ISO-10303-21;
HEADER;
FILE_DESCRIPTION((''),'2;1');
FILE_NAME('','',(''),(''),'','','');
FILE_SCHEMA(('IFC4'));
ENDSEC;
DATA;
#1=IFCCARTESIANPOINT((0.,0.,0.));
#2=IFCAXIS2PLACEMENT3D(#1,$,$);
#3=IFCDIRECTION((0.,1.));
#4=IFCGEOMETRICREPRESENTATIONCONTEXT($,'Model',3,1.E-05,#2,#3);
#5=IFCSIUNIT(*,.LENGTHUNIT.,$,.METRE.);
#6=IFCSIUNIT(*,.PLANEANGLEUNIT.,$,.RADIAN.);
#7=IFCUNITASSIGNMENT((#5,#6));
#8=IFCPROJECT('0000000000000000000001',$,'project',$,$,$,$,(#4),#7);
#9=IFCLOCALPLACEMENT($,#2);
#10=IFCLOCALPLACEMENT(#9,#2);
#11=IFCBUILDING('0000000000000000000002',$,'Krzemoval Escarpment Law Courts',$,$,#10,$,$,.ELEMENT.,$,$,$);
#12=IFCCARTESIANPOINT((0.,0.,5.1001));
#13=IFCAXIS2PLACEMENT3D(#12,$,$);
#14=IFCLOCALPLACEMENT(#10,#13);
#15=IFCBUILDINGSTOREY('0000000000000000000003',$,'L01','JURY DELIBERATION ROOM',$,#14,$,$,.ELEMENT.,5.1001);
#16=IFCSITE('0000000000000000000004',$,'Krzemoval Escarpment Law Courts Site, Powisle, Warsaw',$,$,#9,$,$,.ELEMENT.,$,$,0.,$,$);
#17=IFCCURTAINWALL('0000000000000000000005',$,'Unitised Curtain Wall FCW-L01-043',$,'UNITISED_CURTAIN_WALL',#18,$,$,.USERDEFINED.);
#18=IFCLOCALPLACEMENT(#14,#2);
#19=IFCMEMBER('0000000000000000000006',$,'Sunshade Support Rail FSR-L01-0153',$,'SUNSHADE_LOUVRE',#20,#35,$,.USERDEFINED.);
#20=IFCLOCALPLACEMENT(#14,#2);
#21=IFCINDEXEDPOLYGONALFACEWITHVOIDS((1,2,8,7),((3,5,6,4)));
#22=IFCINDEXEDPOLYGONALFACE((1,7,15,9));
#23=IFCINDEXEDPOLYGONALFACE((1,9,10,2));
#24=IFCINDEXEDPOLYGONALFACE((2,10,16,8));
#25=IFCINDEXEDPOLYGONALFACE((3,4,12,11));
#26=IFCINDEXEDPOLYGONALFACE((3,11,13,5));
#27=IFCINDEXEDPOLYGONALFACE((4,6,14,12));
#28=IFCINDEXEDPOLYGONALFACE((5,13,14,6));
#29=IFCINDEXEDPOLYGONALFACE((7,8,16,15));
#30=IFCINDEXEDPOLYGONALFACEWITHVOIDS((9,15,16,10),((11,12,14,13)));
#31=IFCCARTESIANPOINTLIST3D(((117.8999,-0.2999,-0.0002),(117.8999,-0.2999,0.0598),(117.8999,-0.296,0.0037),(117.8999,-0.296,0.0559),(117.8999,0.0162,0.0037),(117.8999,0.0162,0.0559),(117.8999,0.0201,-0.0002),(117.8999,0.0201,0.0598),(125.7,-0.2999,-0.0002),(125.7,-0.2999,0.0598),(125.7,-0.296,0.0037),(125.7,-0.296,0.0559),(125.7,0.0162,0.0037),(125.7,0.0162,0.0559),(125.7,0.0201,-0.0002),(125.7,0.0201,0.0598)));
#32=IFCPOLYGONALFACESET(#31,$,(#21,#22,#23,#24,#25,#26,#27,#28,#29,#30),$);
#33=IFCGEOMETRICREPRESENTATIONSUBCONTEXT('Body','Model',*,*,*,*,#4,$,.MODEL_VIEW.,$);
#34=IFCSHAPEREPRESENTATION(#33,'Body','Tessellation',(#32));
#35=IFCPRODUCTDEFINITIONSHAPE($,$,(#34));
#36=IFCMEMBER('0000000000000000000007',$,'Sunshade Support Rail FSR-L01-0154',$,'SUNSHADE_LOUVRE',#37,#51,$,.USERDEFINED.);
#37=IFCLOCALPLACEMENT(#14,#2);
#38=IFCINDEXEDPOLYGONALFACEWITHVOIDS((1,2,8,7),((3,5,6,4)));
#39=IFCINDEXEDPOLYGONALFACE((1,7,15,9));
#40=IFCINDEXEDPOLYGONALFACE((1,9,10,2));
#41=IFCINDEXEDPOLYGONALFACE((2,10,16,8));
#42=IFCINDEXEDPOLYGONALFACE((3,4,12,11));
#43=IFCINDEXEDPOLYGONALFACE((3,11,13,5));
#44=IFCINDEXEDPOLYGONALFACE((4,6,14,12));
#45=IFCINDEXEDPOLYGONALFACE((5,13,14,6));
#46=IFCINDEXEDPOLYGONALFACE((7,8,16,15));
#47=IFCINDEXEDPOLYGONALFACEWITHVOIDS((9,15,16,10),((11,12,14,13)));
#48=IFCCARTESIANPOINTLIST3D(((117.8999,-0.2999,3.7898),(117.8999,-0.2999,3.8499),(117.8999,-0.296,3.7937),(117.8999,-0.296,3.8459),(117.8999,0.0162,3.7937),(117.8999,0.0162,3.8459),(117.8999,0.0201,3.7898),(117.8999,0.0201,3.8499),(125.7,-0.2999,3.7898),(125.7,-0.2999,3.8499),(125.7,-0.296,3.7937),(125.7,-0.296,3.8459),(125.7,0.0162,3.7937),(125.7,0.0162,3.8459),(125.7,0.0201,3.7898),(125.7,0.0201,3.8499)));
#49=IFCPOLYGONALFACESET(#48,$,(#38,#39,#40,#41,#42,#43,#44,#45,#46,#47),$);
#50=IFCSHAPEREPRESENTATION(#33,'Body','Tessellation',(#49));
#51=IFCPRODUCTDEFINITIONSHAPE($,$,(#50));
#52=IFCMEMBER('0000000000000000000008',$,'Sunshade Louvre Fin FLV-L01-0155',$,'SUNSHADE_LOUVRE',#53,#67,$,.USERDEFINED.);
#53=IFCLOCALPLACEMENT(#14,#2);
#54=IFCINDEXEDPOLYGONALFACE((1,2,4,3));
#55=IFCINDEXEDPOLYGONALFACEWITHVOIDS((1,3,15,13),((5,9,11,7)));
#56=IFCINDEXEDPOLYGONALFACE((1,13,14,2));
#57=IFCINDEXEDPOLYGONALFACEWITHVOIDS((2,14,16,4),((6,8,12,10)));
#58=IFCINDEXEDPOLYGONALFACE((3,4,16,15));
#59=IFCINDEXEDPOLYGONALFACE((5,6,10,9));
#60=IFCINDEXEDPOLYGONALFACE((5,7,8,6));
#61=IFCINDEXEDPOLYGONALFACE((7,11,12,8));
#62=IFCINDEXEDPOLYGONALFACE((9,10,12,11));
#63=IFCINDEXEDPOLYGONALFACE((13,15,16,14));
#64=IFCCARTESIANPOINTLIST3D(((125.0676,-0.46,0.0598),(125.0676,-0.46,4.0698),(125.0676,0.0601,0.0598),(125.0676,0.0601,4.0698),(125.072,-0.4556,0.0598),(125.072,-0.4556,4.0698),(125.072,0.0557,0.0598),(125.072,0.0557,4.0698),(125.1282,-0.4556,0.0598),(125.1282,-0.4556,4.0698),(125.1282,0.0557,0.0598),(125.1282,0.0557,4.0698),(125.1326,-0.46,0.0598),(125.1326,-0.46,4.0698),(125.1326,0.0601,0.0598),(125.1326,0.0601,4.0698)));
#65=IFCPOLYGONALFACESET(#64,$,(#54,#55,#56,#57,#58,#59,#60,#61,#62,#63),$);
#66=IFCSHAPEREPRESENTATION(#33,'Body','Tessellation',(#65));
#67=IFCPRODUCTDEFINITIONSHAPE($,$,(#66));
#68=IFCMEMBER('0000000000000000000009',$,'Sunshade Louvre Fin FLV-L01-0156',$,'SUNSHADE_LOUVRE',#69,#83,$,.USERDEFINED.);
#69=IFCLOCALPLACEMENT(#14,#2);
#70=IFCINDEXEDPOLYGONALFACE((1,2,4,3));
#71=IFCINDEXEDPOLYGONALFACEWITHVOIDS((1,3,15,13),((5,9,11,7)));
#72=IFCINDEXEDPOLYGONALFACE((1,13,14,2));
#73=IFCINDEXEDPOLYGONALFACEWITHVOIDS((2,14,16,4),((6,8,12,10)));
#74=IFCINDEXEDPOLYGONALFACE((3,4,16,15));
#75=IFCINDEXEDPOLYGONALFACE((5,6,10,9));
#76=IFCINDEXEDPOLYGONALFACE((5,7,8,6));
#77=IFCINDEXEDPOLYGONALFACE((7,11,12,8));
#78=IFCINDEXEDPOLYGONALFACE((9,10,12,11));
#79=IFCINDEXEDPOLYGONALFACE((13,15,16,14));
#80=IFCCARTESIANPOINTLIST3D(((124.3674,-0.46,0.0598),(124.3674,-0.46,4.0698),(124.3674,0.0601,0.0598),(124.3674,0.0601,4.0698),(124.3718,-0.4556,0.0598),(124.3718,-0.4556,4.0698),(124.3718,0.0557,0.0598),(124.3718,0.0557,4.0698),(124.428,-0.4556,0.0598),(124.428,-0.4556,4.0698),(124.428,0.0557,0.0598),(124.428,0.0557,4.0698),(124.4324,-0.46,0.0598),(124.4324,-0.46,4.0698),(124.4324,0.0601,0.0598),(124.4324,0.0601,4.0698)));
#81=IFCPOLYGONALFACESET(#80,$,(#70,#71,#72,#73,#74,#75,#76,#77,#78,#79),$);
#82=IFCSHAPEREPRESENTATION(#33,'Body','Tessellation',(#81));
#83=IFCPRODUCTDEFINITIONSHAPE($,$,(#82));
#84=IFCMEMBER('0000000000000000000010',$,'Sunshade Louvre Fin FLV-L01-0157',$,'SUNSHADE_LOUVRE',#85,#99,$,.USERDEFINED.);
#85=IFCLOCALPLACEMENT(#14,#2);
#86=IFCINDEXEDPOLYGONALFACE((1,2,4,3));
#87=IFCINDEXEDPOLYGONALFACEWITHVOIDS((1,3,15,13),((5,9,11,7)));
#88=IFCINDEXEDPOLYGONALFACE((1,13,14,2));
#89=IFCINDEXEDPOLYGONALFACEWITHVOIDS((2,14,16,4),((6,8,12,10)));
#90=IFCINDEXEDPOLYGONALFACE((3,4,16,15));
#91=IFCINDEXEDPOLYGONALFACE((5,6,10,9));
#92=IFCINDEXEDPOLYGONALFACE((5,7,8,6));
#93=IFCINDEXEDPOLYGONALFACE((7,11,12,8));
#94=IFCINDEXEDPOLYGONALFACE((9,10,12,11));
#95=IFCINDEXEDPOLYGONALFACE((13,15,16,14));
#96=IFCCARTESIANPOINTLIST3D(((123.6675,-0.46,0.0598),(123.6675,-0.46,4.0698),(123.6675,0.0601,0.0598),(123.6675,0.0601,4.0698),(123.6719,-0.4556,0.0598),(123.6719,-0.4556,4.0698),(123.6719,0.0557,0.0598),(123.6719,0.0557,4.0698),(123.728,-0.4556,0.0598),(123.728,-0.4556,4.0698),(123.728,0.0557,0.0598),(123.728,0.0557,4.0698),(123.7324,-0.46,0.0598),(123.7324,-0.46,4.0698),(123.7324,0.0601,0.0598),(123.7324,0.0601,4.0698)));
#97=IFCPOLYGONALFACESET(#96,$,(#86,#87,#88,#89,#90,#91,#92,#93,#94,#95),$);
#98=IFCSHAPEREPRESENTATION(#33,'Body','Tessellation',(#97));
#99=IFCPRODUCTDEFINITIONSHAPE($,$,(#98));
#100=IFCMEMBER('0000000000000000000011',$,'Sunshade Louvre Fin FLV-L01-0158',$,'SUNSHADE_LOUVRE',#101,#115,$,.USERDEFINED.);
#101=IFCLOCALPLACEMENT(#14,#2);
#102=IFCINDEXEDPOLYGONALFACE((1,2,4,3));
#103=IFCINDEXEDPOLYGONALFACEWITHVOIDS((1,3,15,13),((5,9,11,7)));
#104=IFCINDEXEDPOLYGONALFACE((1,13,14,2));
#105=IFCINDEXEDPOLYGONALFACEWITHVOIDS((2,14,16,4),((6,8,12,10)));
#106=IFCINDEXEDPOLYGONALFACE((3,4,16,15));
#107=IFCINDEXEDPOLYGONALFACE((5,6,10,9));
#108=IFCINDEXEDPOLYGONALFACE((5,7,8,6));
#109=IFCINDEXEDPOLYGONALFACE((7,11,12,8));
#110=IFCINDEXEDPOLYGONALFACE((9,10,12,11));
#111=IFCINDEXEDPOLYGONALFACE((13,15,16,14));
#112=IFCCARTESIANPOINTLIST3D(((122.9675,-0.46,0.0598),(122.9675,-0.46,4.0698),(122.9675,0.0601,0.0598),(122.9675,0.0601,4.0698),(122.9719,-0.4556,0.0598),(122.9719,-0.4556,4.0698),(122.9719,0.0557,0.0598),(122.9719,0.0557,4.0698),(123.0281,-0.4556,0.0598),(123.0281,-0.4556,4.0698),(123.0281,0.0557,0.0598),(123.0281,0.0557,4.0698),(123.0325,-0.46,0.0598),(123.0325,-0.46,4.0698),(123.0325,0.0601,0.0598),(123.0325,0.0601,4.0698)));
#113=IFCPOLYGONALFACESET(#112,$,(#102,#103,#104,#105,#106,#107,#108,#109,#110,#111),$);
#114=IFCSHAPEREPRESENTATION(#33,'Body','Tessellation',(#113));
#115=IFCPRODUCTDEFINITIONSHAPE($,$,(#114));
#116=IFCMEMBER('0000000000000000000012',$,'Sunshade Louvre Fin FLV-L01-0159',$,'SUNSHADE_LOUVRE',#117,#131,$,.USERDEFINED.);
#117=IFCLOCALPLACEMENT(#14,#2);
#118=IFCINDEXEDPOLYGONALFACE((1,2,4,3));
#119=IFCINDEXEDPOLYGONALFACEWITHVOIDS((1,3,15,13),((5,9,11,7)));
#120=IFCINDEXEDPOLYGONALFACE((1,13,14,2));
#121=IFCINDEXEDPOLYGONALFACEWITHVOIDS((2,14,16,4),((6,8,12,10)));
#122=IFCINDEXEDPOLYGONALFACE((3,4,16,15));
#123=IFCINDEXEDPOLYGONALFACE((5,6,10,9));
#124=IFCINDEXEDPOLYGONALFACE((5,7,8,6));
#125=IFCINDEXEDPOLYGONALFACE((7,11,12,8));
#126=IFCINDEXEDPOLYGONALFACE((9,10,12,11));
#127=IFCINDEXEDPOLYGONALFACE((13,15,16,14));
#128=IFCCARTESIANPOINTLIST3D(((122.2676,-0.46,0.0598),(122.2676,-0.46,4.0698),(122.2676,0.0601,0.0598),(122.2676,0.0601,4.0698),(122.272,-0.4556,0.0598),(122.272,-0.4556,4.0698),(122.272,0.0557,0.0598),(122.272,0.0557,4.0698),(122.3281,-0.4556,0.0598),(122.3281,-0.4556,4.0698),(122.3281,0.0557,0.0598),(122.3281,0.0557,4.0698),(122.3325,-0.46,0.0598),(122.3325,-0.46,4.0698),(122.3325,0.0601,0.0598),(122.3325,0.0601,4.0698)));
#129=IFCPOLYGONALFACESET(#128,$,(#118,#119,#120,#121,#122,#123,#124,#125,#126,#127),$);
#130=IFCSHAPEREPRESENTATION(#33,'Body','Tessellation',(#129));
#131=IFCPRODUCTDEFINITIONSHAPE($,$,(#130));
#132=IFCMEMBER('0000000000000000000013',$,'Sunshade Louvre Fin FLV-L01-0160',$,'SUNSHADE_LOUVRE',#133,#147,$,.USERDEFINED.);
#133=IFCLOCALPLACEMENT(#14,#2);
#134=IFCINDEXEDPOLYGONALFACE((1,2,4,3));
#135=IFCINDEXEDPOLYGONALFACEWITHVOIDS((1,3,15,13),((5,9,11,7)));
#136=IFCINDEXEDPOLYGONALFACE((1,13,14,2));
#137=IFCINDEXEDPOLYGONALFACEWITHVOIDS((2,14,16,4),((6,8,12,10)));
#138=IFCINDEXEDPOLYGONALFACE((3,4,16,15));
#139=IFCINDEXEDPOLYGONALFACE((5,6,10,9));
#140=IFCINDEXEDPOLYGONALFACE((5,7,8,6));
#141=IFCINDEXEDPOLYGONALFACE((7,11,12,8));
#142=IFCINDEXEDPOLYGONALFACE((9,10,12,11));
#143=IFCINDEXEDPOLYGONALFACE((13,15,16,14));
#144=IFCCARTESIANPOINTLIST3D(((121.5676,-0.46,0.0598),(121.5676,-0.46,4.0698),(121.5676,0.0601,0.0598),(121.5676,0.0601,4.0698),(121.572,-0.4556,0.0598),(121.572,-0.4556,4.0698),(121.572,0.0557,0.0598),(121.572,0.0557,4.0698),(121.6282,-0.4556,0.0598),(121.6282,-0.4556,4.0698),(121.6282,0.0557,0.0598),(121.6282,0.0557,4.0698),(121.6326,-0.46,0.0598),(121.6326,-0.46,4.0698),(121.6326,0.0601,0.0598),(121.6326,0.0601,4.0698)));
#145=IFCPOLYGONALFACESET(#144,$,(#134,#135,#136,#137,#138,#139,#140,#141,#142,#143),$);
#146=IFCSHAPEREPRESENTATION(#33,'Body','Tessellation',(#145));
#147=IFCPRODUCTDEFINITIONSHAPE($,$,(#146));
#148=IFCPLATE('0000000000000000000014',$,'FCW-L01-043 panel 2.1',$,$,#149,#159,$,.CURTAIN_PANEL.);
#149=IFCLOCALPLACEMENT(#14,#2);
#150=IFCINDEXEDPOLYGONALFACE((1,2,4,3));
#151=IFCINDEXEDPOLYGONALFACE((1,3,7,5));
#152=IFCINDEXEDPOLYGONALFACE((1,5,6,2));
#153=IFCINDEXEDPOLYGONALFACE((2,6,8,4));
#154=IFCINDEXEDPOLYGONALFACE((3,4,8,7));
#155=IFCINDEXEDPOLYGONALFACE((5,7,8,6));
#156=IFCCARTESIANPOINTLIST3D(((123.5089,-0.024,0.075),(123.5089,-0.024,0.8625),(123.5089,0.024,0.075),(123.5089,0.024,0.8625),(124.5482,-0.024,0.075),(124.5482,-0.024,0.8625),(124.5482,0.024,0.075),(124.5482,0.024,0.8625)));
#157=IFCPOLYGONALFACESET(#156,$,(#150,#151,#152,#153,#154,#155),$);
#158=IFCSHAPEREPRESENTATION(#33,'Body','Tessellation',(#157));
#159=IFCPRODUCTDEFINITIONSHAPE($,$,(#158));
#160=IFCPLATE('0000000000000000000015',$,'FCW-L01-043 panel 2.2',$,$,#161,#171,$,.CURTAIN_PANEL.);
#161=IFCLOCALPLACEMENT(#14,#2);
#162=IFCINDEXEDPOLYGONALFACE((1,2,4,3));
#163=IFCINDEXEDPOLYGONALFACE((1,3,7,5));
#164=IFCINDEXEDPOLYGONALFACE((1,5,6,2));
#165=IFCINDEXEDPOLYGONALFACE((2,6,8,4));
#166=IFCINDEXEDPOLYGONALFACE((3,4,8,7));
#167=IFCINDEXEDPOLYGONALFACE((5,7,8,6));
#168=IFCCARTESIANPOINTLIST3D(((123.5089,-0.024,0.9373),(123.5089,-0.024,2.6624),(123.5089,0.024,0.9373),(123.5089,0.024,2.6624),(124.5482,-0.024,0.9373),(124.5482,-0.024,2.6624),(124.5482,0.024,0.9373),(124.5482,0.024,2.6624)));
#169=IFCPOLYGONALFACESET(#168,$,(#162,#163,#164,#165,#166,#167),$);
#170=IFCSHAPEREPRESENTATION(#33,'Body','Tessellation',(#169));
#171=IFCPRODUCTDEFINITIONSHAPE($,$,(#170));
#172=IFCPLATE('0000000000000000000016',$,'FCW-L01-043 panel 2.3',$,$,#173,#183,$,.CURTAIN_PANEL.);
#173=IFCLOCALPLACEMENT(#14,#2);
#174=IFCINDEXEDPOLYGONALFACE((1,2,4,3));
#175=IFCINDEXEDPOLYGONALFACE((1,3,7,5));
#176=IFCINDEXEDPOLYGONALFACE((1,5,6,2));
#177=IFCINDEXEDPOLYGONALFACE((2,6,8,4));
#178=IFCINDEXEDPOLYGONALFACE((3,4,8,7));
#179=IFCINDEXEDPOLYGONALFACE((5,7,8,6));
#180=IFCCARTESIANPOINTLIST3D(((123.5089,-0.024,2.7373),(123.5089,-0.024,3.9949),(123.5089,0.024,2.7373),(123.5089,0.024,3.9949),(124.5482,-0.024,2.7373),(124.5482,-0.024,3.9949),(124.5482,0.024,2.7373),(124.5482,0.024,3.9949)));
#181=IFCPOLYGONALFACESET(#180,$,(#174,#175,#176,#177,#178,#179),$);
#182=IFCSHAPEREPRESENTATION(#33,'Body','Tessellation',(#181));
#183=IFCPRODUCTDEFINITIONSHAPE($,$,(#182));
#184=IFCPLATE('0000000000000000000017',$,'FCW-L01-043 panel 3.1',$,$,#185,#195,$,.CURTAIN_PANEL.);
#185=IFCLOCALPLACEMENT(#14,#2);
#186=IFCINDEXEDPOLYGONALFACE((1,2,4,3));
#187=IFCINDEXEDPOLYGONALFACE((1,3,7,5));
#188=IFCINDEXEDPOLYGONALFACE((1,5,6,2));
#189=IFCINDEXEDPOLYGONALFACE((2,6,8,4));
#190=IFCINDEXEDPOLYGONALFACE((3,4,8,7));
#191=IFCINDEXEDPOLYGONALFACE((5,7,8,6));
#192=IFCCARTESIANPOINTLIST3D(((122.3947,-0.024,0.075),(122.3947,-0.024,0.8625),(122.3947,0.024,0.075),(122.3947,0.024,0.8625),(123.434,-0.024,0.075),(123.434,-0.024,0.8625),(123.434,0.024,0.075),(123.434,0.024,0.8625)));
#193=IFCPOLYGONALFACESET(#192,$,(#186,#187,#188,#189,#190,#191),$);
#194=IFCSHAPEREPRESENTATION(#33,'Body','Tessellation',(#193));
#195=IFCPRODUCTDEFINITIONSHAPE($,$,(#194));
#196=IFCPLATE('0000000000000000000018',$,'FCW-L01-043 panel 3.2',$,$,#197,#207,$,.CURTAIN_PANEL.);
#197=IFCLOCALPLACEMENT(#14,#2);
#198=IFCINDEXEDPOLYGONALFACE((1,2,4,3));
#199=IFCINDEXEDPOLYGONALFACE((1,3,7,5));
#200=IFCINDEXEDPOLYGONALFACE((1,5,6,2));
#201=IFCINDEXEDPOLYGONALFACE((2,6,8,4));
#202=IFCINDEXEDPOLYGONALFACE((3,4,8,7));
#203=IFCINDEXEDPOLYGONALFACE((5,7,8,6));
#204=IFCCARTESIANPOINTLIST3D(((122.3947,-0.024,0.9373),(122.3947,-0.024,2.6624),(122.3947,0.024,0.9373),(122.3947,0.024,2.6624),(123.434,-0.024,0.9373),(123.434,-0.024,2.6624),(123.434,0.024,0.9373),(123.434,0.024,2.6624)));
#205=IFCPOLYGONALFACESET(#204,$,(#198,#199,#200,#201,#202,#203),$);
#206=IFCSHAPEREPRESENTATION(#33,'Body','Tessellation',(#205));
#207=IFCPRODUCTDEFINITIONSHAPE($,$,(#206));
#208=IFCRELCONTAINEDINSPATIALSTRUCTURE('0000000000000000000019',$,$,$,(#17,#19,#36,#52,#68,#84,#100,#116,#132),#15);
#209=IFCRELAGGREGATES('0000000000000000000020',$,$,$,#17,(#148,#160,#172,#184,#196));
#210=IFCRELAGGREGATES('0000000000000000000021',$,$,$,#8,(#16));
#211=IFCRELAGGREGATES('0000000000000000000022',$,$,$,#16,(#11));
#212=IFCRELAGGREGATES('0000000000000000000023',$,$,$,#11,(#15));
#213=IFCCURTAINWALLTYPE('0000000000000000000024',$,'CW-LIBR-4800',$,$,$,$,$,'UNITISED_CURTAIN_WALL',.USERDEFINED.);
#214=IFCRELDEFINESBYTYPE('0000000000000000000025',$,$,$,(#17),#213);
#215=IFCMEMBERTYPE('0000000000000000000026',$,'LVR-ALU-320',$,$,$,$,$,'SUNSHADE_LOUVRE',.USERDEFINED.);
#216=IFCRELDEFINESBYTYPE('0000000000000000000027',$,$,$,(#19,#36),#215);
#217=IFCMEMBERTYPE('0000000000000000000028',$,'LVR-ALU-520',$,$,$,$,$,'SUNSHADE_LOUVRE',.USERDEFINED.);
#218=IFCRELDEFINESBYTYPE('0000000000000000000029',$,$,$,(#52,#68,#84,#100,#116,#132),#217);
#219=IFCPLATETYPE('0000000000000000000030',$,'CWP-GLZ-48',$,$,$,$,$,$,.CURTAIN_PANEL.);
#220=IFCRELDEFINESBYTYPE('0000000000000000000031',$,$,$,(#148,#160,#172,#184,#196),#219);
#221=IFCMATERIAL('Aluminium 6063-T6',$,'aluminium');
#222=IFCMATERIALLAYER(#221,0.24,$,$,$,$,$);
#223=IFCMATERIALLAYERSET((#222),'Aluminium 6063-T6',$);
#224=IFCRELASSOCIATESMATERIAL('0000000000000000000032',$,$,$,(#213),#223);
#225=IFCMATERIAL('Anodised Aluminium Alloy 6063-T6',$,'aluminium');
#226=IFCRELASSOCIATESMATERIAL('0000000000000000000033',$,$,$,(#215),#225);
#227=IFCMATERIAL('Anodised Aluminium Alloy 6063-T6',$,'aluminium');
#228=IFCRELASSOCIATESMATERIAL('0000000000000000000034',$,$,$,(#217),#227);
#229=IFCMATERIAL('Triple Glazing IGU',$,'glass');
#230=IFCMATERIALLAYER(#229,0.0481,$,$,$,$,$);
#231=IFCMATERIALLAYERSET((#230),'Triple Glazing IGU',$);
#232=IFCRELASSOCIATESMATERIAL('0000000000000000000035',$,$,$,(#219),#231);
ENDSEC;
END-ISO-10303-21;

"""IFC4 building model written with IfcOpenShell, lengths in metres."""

from ifc_helpers import new_model, si_unit, direction, frame, origin, origin_2d, place, context, subcontext, project, spatial, rectangle, hollow_rectangle, extrude, material, layer, layer_set, material_profile, profile_set, type_object, element, aggregate, save


model = new_model("IFC4")

# Units and contexts
model_context = context("Model", 3, precision=1e-05, world=origin(), true_north=direction((0.0, 1.0)))
body_context = subcontext(model_context, "Body", "Model", "MODEL_VIEW")
ifc_project = project(units=[si_unit("LENGTHUNIT", "METRE"), si_unit("PLANEANGLEUNIT", "RADIAN")], contexts=[model_context])

# Site, building, storey
site_placement = place(None, origin())
site = spatial("IfcSite", under=ifc_project, at=site_placement, Name="Krzemoval Escarpment Law Courts Site, Powisle, Warsaw", CompositionType="ELEMENT", RefElevation=0.0)
building_placement = place(site_placement, origin())
building = spatial("IfcBuilding", under=site, at=building_placement, Name="Krzemoval Escarpment Law Courts", CompositionType="ELEMENT")
storey_placement = place(building_placement, frame((0.0, 0.0, 5.1001)))
storey = spatial("IfcBuildingStorey", under=building, at=storey_placement, Name="L01", Description="JURY DELIBERATION ROOM", CompositionType="ELEMENT", Elevation=5.1001)

# Curtain wall
ifc_material_1 = material(Name="Aluminium 6063-T6", Category="aluminium")
ifc_layer_1 = layer(ifc_material_1, 0.24)
ifc_layer_set_1 = layer_set([ifc_layer_1], Name="Aluminium 6063-T6")
curtain_wall_type = type_object("IfcCurtainWallType", Name="CW-LIBR-4800", ElementType="UNITISED_CURTAIN_WALL", PredefinedType="USERDEFINED", material=ifc_layer_set_1)
curtain_wall_placement = place(storey_placement, origin())
curtain_wall = element("IfcCurtainWall", 1, at=curtain_wall_placement, inside=storey, type_object=curtain_wall_type, Name="Unitised Curtain Wall FCW-L01-043", ObjectType="UNITISED_CURTAIN_WALL", PredefinedType="USERDEFINED")

# Members
ifc_material_2 = material(Name="Anodised Aluminium Alloy 6063-T6", Category="aluminium")
ifc_material_profile_1 = material_profile(ifc_material_2, hollow_rectangle(XDim=0.0601, YDim=0.3201, WallThickness=0.0039, at=origin_2d()), Name="ALU LVR 60x320")
ifc_profile_set_1 = profile_set([ifc_material_profile_1], Name="Anodised Aluminium Alloy 6063-T6")
member_type_1 = type_object("IfcMemberType", Name="LVR-ALU-320", ElementType="SUNSHADE_LOUVRE", PredefinedType="USERDEFINED", material=ifc_profile_set_1)
for number, where, z_axis, x_axis, name in (
    (2, (125.7, -0.1399, 0.0298), (-1.0, 0.0, 0.0), (0.0, 0.0, 1.0), "Sunshade Support Rail FSR-L01-0153"),
    (3, (125.7, -0.1399, 3.8198), (-1.0, 0.0, 0.0), (0.0, 0.0, 1.0), "Sunshade Support Rail FSR-L01-0154"),
):
    element("IfcMember", number, at=place(storey_placement, frame(where, z_axis=z_axis, x_axis=x_axis)), inside=storey, type_object=member_type_1, Name=name, ObjectType="SUNSHADE_LOUVRE", PredefinedType="USERDEFINED", context=body_context, shape_type="SweptSolid", body=[
        extrude(hollow_rectangle(XDim=0.0601, YDim=0.3201, WallThickness=0.0039, at=origin_2d()), origin(), (0.0, 0.0, 1.0), 7.8),
    ])
ifc_material_3 = material(Name="Anodised Aluminium Alloy 6063-T6", Category="aluminium")
ifc_material_profile_2 = material_profile(ifc_material_3, hollow_rectangle(XDim=0.0649, YDim=0.52, WallThickness=0.0044, at=origin_2d()), Name="ALU LVR 65x520")
ifc_profile_set_2 = profile_set([ifc_material_profile_2], Name="Anodised Aluminium Alloy 6063-T6")
member_type_2 = type_object("IfcMemberType", Name="LVR-ALU-520", ElementType="SUNSHADE_LOUVRE", PredefinedType="USERDEFINED", material=ifc_profile_set_2)
for number, where, z_axis, x_axis, name in (
    (4, (125.1001, -0.2, 0.0598), (0.0, 0.0, 1.0), (1.0, 0.0, 0.0), "Sunshade Louvre Fin FLV-L01-0155"),
    (5, (124.3999, -0.2, 0.0598), (0.0, 0.0, 1.0), (1.0, 0.0, 0.0), "Sunshade Louvre Fin FLV-L01-0156"),
    (6, (123.7, -0.2, 0.0598), (0.0, 0.0, 1.0), (1.0, 0.0, 0.0), "Sunshade Louvre Fin FLV-L01-0157"),
    (7, (123.0, -0.2, 0.0598), (0.0, 0.0, 1.0), (1.0, 0.0, 0.0), "Sunshade Louvre Fin FLV-L01-0158"),
    (8, (122.3, -0.2, 0.0598), (0.0, 0.0, 1.0), (1.0, 0.0, 0.0), "Sunshade Louvre Fin FLV-L01-0159"),
    (9, (121.6001, -0.2, 0.0598), (0.0, 0.0, 1.0), (1.0, 0.0, 0.0), "Sunshade Louvre Fin FLV-L01-0160"),
):
    element("IfcMember", number, at=place(storey_placement, frame(where, z_axis=z_axis, x_axis=x_axis)), inside=storey, type_object=member_type_2, Name=name, ObjectType="SUNSHADE_LOUVRE", PredefinedType="USERDEFINED", context=body_context, shape_type="SweptSolid", body=[
        extrude(hollow_rectangle(XDim=0.0649, YDim=0.52, WallThickness=0.0044, at=origin_2d()), origin(), (0.0, 0.0, 1.0), 4.01),
    ])

# Plates
ifc_material_4 = material(Name="Triple Glazing IGU", Category="glass")
ifc_layer_2 = layer(ifc_material_4, 0.0481)
ifc_layer_set_2 = layer_set([ifc_layer_2], Name="Triple Glazing IGU")
plate_type = type_object("IfcPlateType", Name="CWP-GLZ-48", PredefinedType="CURTAIN_PANEL", material=ifc_layer_set_2)
plate_1_placement = place(storey_placement, frame((124.0286, 0.0, 0.075), z_axis=(0.0, 0.0, 1.0), x_axis=(-1.0, 0.0, 0.0)))
plate_1 = element("IfcPlate", 10, at=plate_1_placement, type_object=plate_type, Name="FCW-L01-043 panel 2.1", PredefinedType="CURTAIN_PANEL", context=body_context, shape_type="SweptSolid", body=[
    extrude(rectangle(XDim=1.0393, YDim=0.0481, at=origin_2d()), origin(), (0.0, 0.0, 1.0), 0.7876),
])
plate_2_placement = place(storey_placement, frame((124.0286, 0.0, 0.9373), z_axis=(0.0, 0.0, 1.0), x_axis=(-1.0, 0.0, 0.0)))
plate_2 = element("IfcPlate", 11, at=plate_2_placement, type_object=plate_type, Name="FCW-L01-043 panel 2.2", PredefinedType="CURTAIN_PANEL", context=body_context, shape_type="SweptSolid", body=[
    extrude(rectangle(XDim=1.0393, YDim=0.0481, at=origin_2d()), origin(), (0.0, 0.0, 1.0), 1.7251),
])
plate_3_placement = place(storey_placement, frame((124.0286, 0.0, 2.7373), z_axis=(0.0, 0.0, 1.0), x_axis=(-1.0, 0.0, 0.0)))
plate_3 = element("IfcPlate", 12, at=plate_3_placement, type_object=plate_type, Name="FCW-L01-043 panel 2.3", PredefinedType="CURTAIN_PANEL", context=body_context, shape_type="SweptSolid", body=[
    extrude(rectangle(XDim=1.0393, YDim=0.0481, at=origin_2d()), origin(), (0.0, 0.0, 1.0), 1.2576),
])
plate_4_placement = place(storey_placement, frame((122.9143, 0.0, 0.075), z_axis=(0.0, 0.0, 1.0), x_axis=(-1.0, 0.0, 0.0)))
plate_4 = element("IfcPlate", 13, at=plate_4_placement, type_object=plate_type, Name="FCW-L01-043 panel 3.1", PredefinedType="CURTAIN_PANEL", context=body_context, shape_type="SweptSolid", body=[
    extrude(rectangle(XDim=1.0393, YDim=0.0481, at=origin_2d()), origin(), (0.0, 0.0, 1.0), 0.7876),
])
plate_5_placement = place(storey_placement, frame((122.9143, 0.0, 0.9373), z_axis=(0.0, 0.0, 1.0), x_axis=(-1.0, 0.0, 0.0)))
plate_5 = element("IfcPlate", 14, at=plate_5_placement, type_object=plate_type, Name="FCW-L01-043 panel 3.2", PredefinedType="CURTAIN_PANEL", context=body_context, shape_type="SweptSolid", body=[
    extrude(rectangle(XDim=1.0393, YDim=0.0481, at=origin_2d()), origin(), (0.0, 0.0, 1.0), 1.7251),
])
aggregate(curtain_wall, [plate_1, plate_2, plate_3, plate_4, plate_5])

save(model, "model.ifc")
